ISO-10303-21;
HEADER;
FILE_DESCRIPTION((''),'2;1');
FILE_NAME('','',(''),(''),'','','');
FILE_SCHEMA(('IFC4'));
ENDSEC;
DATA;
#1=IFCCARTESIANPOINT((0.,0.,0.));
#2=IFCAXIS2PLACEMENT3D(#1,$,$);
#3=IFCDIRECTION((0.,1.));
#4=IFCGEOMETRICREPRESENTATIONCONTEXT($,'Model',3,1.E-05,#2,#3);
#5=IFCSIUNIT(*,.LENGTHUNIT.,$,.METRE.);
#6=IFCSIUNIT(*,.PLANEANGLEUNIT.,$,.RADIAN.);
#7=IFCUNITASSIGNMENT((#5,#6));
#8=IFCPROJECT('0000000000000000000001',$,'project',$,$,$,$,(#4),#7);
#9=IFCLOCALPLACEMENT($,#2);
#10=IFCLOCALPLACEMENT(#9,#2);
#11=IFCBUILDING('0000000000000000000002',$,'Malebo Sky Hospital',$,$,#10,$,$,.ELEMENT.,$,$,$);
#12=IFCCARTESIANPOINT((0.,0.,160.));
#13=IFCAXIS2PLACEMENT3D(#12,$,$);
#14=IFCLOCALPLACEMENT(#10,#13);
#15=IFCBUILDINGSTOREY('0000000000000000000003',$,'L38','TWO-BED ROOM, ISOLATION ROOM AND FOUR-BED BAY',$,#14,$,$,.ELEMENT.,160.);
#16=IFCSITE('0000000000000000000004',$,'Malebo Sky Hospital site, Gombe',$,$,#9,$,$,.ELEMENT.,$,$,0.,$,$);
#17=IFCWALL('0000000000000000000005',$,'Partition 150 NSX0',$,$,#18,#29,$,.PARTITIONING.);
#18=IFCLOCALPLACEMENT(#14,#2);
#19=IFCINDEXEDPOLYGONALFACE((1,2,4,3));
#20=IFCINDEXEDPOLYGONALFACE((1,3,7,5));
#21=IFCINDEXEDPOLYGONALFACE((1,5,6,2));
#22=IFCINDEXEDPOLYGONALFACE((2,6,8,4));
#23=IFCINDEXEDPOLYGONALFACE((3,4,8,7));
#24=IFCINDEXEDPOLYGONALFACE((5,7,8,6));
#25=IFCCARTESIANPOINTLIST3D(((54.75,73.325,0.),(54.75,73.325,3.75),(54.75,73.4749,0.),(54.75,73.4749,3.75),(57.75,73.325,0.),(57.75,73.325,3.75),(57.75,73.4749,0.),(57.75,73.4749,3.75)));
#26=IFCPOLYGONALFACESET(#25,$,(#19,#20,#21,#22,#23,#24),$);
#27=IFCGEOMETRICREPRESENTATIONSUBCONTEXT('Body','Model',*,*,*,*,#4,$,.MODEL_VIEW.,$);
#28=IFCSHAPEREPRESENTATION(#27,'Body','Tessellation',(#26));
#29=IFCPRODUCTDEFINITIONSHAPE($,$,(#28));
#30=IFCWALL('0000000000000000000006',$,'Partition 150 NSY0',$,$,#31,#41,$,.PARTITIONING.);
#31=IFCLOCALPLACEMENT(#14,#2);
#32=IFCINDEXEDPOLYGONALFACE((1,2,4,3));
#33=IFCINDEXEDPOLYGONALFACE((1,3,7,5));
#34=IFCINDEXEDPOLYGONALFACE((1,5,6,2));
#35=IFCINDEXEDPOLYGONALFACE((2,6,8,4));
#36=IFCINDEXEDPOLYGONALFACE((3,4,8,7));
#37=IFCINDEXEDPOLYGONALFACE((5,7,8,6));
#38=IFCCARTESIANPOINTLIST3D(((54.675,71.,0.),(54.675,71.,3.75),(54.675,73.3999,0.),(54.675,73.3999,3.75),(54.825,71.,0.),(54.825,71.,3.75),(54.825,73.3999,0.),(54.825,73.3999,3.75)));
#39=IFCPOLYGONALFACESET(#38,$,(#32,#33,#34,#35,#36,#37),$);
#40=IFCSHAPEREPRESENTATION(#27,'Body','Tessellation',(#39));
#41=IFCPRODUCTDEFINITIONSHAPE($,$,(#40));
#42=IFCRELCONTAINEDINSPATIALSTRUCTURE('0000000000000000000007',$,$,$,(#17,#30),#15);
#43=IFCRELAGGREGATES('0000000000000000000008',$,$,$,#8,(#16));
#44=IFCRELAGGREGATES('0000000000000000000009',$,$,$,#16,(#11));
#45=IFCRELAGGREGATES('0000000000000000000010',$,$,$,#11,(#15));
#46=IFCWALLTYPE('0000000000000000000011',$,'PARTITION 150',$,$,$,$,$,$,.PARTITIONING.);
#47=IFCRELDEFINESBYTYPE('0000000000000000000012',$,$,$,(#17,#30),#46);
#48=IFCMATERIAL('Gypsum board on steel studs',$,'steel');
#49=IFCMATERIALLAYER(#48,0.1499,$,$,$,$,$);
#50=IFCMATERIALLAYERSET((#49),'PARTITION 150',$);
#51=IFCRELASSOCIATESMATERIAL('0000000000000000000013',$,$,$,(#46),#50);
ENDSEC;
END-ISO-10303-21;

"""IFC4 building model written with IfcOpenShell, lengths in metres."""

from ifc_helpers import new_model, si_unit, direction, frame, frame_2d, origin, place, context, subcontext, project, spatial, rectangle, extrude, material, layer, layer_set, type_object, element, save


model = new_model("IFC4")

# Units and contexts
model_context = context("Model", 3, precision=1e-05, world=origin(), true_north=direction((0.0, 1.0)))
body_context = subcontext(model_context, "Body", "Model", "MODEL_VIEW")
ifc_project = project(units=[si_unit("LENGTHUNIT", "METRE"), si_unit("PLANEANGLEUNIT", "RADIAN")], contexts=[model_context])

# Site, building, storey
site_placement = place(None, origin())
site = spatial("IfcSite", under=ifc_project, at=site_placement, Name="Malebo Sky Hospital site, Gombe", CompositionType="ELEMENT", RefElevation=0.0)
building_placement = place(site_placement, origin())
building = spatial("IfcBuilding", under=site, at=building_placement, Name="Malebo Sky Hospital", CompositionType="ELEMENT")
storey_placement = place(building_placement, frame((0.0, 0.0, 160.0)))
storey = spatial("IfcBuildingStorey", under=building, at=storey_placement, Name="L38", Description="TWO-BED ROOM, ISOLATION ROOM AND FOUR-BED BAY", CompositionType="ELEMENT", Elevation=160.0)

# Shared definitions
ifc_material_1 = material(Name="Gypsum board on steel studs", Category="steel")

# Shared definitions
ifc_layer_1 = layer(ifc_material_1, 0.1499)
ifc_layer_set_1 = layer_set([ifc_layer_1], Name="PARTITION 150")
wall_type_1 = type_object("IfcWallType", Name="PARTITION 150", PredefinedType="PARTITIONING", material=ifc_layer_set_1)

# Walls
wall_1_placement = place(storey_placement, frame((54.75, 73.3999, 0.0), z_axis=(0.0, 0.0, 1.0), x_axis=(1.0, 0.0, 0.0)))
element("IfcWall", 1, at=wall_1_placement, inside=storey, type_object=wall_type_1, Name="Partition 150 NSX0", PredefinedType="PARTITIONING", context=body_context, shape_type="SweptSolid", body=[
    extrude(rectangle(XDim=3.0, YDim=0.1499, at=frame_2d((1.5, 0.0))), origin(), (0.0, 0.0, 1.0), 3.75),
])
wall_2_placement = place(storey_placement, frame((54.75, 71.0, 0.0), z_axis=(0.0, 0.0, 1.0), x_axis=(0.0, 1.0, 0.0)))
element("IfcWall", 2, at=wall_2_placement, inside=storey, type_object=wall_type_1, Name="Partition 150 NSY0", PredefinedType="PARTITIONING", context=body_context, shape_type="SweptSolid", body=[
    extrude(rectangle(XDim=2.3999, YDim=0.1499, at=frame_2d((1.2, 0.0))), origin(), (0.0, 0.0, 1.0), 3.75),
])

save(model, "model.ifc")
